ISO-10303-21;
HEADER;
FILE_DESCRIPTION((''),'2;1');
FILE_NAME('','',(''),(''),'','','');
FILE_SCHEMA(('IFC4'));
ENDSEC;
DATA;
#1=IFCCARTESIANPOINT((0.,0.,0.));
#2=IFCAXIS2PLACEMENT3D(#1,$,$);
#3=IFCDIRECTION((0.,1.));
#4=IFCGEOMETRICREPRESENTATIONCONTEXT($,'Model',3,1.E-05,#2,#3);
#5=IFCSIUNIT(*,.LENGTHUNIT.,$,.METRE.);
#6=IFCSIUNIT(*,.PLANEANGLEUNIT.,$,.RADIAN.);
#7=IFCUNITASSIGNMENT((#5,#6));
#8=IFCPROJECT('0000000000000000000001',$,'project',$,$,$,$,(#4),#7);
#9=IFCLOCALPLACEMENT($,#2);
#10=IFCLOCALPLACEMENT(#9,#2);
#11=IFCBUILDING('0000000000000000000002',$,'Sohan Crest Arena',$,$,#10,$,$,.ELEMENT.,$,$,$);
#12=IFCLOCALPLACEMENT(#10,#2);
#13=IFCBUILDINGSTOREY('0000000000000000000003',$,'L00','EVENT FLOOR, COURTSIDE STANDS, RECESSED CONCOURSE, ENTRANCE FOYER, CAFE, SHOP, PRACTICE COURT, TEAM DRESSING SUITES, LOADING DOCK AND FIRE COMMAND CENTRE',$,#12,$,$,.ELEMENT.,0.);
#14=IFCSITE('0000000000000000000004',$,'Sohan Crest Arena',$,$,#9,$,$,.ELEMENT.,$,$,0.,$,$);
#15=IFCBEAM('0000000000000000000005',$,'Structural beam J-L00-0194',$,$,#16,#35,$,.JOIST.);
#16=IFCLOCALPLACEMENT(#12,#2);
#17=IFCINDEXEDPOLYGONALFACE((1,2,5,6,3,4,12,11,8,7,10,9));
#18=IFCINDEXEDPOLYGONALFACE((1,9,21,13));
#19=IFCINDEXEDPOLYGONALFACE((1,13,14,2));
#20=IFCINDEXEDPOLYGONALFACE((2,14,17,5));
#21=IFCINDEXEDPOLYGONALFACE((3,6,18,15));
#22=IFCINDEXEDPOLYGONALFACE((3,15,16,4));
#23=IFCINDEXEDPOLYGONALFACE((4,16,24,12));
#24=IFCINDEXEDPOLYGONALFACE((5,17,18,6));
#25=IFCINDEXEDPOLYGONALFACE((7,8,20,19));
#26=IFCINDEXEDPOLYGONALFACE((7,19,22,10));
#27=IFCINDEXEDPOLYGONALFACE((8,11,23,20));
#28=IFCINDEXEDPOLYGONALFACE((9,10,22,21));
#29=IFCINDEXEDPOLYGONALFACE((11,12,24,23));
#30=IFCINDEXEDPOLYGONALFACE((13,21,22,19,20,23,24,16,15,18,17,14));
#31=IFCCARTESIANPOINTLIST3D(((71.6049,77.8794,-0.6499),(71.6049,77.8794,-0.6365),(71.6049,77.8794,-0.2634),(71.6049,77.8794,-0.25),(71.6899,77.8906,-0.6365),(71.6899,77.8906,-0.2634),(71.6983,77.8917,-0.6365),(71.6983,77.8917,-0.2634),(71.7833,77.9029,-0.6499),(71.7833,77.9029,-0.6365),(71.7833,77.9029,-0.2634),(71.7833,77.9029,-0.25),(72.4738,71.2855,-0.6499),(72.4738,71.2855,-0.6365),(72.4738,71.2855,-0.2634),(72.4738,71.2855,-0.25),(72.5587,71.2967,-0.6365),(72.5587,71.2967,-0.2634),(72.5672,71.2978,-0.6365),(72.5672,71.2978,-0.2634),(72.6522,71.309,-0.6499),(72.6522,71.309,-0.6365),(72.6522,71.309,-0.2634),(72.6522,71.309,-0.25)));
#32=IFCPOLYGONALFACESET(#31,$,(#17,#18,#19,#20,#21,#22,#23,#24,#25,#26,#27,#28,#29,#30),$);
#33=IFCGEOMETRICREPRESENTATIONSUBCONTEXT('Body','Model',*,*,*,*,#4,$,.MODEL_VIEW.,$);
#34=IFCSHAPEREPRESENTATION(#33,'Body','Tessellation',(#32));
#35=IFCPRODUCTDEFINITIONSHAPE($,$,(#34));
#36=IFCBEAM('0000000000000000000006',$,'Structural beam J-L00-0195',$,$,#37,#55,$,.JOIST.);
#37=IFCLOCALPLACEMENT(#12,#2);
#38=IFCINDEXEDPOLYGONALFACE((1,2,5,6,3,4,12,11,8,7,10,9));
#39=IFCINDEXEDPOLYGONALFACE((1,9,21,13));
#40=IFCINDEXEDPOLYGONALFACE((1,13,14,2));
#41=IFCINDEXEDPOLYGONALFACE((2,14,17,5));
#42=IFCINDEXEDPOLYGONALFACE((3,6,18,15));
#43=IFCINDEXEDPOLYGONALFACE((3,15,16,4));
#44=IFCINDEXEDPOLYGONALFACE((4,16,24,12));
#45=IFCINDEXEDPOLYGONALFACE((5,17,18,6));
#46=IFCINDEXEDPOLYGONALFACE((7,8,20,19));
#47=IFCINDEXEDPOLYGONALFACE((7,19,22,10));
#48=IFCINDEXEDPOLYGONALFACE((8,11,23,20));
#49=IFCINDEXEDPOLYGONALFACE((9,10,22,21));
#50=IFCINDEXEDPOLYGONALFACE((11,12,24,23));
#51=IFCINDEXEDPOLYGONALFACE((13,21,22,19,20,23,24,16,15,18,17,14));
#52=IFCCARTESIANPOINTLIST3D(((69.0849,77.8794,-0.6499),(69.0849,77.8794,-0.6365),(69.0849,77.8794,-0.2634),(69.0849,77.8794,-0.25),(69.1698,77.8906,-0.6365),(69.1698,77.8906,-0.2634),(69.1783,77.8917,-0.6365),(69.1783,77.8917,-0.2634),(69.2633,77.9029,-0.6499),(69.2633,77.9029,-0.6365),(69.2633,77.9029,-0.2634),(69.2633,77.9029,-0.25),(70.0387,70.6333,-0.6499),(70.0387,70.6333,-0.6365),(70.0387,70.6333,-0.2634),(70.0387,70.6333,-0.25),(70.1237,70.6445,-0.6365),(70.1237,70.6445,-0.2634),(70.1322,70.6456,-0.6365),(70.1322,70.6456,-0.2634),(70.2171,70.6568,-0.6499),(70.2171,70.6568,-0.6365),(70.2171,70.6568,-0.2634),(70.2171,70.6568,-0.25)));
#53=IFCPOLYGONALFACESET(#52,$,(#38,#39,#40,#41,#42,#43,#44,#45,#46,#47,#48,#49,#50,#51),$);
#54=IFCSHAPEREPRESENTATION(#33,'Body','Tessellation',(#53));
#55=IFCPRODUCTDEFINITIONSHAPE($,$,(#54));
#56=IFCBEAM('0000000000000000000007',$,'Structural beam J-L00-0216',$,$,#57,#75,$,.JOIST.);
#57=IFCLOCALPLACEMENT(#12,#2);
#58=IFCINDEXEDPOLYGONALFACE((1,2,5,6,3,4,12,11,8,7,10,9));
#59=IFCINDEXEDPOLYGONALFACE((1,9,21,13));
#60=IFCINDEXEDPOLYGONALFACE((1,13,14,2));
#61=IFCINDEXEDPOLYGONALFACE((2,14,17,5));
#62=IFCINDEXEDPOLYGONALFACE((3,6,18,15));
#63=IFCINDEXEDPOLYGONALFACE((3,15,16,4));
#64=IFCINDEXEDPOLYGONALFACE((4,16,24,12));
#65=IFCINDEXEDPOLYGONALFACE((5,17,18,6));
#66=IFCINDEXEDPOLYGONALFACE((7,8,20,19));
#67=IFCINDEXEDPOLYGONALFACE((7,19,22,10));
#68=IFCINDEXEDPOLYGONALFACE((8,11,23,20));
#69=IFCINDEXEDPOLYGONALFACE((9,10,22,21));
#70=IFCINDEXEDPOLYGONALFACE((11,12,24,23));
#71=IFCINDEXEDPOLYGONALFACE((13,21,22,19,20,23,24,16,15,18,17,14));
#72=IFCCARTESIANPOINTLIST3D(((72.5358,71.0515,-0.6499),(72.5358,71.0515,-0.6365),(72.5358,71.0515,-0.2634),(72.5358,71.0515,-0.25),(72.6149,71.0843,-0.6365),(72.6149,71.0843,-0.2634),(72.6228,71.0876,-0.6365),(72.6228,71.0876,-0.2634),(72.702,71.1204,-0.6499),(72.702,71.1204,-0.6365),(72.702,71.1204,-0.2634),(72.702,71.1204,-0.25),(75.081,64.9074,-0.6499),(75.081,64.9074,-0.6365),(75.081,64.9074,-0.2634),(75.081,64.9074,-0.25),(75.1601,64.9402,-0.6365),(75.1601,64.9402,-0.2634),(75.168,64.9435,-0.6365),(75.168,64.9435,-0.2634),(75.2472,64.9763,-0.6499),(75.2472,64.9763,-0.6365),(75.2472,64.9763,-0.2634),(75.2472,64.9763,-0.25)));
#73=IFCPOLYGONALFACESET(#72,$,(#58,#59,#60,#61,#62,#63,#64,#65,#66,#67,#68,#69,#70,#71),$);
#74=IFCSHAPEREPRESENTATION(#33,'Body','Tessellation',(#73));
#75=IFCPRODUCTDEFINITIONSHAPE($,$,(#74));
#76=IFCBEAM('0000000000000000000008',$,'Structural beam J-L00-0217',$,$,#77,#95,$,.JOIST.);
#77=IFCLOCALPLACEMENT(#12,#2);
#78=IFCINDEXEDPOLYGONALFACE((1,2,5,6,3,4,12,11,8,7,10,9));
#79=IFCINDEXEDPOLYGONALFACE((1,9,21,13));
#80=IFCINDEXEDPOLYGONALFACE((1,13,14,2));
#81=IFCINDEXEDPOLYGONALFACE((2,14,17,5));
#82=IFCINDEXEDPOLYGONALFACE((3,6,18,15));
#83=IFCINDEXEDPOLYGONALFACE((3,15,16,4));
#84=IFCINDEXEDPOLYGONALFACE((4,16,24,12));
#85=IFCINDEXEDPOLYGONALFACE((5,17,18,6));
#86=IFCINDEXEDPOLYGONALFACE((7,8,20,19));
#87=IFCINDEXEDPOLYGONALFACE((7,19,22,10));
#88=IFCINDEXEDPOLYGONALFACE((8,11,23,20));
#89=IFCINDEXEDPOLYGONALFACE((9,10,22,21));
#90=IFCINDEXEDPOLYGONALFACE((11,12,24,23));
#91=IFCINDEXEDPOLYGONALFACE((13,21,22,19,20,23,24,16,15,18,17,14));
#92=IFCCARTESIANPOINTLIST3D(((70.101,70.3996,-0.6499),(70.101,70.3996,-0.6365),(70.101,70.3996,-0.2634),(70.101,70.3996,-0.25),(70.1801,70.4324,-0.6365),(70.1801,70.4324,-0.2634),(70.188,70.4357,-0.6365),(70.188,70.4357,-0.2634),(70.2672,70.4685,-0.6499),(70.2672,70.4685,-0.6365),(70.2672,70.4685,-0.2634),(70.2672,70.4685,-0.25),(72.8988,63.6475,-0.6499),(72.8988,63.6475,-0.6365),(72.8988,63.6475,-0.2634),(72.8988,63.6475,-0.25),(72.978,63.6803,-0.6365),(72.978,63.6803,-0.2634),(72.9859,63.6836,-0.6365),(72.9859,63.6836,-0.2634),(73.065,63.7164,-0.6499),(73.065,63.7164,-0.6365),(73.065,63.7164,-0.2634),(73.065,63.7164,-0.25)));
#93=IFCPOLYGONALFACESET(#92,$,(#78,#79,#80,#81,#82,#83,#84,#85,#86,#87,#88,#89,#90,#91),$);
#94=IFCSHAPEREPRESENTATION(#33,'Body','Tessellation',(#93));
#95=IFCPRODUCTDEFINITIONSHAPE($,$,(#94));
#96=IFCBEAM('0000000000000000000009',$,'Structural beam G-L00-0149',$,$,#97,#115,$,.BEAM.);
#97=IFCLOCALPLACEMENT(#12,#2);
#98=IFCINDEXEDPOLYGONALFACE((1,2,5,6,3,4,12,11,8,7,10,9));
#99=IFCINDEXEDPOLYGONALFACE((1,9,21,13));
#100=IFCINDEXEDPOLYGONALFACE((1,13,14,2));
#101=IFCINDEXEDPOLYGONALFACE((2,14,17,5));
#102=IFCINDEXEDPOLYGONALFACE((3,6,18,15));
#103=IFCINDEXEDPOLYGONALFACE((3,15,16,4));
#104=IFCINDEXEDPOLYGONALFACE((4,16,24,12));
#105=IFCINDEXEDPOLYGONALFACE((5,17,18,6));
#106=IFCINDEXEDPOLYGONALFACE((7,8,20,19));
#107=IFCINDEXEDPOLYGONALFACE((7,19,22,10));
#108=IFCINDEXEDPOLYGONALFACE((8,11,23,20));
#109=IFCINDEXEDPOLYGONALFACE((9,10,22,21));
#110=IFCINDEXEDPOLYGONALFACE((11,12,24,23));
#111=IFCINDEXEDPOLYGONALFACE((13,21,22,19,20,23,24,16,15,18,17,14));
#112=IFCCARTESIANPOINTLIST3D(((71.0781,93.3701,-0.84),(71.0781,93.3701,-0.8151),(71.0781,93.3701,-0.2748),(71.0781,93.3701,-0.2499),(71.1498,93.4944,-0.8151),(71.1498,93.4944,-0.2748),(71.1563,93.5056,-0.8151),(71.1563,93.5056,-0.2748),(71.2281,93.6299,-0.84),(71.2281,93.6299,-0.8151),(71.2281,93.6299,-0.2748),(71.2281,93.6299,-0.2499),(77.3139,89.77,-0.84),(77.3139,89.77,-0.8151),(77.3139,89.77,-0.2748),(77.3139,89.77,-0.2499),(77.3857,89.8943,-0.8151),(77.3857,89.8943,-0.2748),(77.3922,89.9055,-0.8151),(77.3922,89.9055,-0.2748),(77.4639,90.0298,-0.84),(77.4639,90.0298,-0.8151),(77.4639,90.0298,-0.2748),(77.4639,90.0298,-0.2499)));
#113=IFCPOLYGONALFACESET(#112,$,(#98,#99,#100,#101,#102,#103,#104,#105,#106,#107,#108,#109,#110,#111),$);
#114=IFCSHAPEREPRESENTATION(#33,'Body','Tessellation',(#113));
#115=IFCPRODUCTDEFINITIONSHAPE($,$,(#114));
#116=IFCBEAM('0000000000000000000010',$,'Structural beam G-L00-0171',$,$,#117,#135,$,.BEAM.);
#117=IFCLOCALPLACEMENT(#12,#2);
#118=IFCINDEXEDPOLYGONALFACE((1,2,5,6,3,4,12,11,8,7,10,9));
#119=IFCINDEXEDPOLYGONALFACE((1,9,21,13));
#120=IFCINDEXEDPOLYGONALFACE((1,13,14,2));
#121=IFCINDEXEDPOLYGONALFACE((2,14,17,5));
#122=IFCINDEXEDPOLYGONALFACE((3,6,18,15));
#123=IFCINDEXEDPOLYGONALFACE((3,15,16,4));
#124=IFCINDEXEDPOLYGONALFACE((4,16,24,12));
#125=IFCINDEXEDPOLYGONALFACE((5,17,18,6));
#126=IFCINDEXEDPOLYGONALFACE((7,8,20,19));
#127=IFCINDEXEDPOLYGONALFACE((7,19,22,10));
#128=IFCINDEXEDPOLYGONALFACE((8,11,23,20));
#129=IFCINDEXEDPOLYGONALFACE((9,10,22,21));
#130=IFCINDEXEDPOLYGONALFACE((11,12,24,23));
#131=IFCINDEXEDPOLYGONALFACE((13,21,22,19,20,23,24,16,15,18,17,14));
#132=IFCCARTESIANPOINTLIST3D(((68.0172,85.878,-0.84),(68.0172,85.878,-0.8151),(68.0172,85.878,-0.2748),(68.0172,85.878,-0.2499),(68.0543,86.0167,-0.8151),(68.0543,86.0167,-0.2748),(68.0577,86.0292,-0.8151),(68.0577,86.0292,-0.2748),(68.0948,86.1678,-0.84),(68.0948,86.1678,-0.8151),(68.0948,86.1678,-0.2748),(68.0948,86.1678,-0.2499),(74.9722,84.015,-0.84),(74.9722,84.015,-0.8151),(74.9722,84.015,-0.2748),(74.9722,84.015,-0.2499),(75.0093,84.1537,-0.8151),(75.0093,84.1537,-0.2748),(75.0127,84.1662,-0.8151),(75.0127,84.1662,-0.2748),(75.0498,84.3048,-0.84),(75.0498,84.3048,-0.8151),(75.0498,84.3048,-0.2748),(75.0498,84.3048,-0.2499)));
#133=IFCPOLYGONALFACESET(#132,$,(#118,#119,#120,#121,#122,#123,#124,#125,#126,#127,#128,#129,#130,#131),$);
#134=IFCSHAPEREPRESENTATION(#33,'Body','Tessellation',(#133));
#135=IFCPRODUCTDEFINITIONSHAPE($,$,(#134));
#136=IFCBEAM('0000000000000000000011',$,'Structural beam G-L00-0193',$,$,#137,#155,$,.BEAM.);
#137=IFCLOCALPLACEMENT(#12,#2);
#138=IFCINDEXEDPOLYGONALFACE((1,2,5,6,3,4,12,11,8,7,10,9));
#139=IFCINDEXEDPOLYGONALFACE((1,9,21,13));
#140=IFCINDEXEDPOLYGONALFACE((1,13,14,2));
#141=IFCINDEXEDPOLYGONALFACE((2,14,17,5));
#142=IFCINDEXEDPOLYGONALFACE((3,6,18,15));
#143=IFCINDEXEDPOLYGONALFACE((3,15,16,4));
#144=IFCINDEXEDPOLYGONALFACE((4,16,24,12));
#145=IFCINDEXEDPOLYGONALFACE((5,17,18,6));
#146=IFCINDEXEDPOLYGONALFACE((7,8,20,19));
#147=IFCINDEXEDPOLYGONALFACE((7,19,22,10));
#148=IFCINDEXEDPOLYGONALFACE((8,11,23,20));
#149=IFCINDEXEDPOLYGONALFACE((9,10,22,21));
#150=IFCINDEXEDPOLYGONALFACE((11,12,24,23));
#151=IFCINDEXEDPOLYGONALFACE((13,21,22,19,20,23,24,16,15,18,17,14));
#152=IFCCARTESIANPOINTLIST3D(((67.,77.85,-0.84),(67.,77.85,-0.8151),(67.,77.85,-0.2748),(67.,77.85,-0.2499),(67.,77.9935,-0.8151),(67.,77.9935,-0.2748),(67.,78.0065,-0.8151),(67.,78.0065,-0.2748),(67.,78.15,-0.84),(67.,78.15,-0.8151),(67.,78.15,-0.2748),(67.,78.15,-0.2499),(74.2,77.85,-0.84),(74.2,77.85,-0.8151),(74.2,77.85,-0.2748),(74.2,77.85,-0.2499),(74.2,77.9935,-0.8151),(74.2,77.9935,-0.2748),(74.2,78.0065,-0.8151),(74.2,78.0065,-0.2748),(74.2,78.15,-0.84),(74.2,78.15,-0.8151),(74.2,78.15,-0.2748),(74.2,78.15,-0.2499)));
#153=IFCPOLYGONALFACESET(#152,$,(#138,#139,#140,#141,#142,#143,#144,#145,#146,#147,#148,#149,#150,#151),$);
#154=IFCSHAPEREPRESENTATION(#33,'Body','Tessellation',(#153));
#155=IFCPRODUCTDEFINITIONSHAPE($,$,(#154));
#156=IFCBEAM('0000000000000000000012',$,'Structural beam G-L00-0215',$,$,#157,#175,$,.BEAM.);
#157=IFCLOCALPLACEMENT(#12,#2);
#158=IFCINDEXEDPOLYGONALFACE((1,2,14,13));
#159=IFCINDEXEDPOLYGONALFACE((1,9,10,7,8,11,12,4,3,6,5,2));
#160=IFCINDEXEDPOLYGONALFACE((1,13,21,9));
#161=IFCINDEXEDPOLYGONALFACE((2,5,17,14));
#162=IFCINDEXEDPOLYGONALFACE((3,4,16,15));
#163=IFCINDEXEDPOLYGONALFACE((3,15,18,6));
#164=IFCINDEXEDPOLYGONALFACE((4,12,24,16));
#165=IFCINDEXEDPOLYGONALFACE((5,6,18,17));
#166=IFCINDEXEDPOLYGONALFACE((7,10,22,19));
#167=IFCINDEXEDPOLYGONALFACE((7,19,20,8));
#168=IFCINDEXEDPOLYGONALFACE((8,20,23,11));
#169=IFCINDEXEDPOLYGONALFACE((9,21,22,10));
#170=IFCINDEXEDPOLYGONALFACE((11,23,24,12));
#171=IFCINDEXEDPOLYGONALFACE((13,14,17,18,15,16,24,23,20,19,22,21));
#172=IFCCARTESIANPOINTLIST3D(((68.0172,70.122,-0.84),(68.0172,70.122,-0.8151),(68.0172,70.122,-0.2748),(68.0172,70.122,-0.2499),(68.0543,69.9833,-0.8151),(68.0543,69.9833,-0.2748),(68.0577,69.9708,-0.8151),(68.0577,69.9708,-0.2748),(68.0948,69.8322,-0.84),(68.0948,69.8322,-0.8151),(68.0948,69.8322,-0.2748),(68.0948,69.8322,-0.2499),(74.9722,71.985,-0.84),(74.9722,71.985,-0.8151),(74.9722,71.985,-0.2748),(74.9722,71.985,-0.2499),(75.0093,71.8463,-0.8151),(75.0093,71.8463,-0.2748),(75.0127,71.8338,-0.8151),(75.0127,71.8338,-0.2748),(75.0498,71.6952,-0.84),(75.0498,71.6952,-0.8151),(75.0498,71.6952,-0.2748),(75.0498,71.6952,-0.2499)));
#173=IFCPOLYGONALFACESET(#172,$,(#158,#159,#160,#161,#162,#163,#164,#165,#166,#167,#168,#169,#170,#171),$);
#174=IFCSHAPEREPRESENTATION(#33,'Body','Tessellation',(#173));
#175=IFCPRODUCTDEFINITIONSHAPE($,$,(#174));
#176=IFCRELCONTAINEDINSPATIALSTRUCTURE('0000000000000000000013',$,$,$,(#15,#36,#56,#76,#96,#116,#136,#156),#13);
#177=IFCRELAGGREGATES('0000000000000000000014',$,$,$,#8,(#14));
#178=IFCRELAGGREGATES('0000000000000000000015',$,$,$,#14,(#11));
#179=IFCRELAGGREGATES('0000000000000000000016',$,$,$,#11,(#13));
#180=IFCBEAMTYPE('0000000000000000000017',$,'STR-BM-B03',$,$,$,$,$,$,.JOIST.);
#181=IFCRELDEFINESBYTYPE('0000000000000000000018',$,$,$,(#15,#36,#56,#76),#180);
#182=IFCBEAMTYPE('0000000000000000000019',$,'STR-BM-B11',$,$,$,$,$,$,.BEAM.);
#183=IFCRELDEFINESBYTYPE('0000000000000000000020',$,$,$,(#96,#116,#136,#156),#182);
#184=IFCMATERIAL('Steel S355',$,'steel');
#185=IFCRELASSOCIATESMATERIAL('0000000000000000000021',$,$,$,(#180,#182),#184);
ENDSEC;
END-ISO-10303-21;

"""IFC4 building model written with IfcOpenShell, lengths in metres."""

from ifc_helpers import new_model, si_unit, direction, frame, origin, origin_2d, place, context, subcontext, project, spatial, i_section, extrude, material, material_profile, profile_set, type_object, element, save


model = new_model("IFC4")

# Units and contexts
model_context = context("Model", 3, precision=1e-05, world=origin(), true_north=direction((0.0, 1.0)))
body_context = subcontext(model_context, "Body", "Model", "MODEL_VIEW")
ifc_project = project(units=[si_unit("LENGTHUNIT", "METRE"), si_unit("PLANEANGLEUNIT", "RADIAN")], contexts=[model_context])

# Site, building, storey
site_placement = place(None, origin())
site = spatial("IfcSite", under=ifc_project, at=site_placement, Name="Sohan Crest Arena", CompositionType="ELEMENT", RefElevation=0.0)
building_placement = place(site_placement, origin())
building = spatial("IfcBuilding", under=site, at=building_placement, Name="Sohan Crest Arena", CompositionType="ELEMENT")
storey_placement = place(building_placement, origin())
storey = spatial("IfcBuildingStorey", under=building, at=storey_placement, Name="L00", Description="EVENT FLOOR, COURTSIDE STANDS, RECESSED CONCOURSE, ENTRANCE FOYER, CAFE, SHOP, PRACTICE COURT, TEAM DRESSING SUITES, LOADING DOCK AND FIRE COMMAND CENTRE", CompositionType="ELEMENT", Elevation=0.0)

# Beams
ifc_material_1 = material(Name="Steel S355", Category="steel")
ifc_material_profile_1 = material_profile(ifc_material_1, i_section(OverallWidth=0.1799, OverallDepth=0.3999, WebThickness=0.0085, FlangeThickness=0.0134, at=origin_2d()), Name="IPE 400")
ifc_profile_set_1 = profile_set([ifc_material_profile_1], Name="Steel S355")
beam_type_1 = type_object("IfcBeamType", Name="STR-BM-B03", PredefinedType="JOIST", material=ifc_profile_set_1)
beam_1_placement = place(storey_placement, frame((71.6941, 77.8911, -0.45), z_axis=(0.130642, -0.99143, 0.0), x_axis=(0.99143, 0.130642, 0.0)))
element("IfcBeam", 1, at=beam_1_placement, inside=storey, type_object=beam_type_1, Name="Structural beam J-L00-0194", PredefinedType="JOIST", context=body_context, shape_type="SweptSolid", body=[
    extrude(i_section(OverallWidth=0.1799, OverallDepth=0.3999, WebThickness=0.0085, FlangeThickness=0.0134, at=origin_2d()), origin(), (0.0, 0.0, 1.0), 6.6509),
])
beam_2_placement = place(storey_placement, frame((69.1741, 77.8911, -0.45), z_axis=(0.130512, -0.991447, 0.0), x_axis=(0.991447, 0.130512, 0.0)))
element("IfcBeam", 2, at=beam_2_placement, inside=storey, type_object=beam_type_1, Name="Structural beam J-L00-0195", PredefinedType="JOIST", context=body_context, shape_type="SweptSolid", body=[
    extrude(i_section(OverallWidth=0.1799, OverallDepth=0.3999, WebThickness=0.0085, FlangeThickness=0.0134, at=origin_2d()), origin(), (0.0, 0.0, 1.0), 7.3086),
])
beam_3_placement = place(storey_placement, frame((72.6189, 71.0859, -0.45), z_axis=(0.382712, -0.923868, 0.0), x_axis=(0.923868, 0.382712, 0.0)))
element("IfcBeam", 3, at=beam_3_placement, inside=storey, type_object=beam_type_1, Name="Structural beam J-L00-0216", PredefinedType="JOIST", context=body_context, shape_type="SweptSolid", body=[
    extrude(i_section(OverallWidth=0.1799, OverallDepth=0.3999, WebThickness=0.0085, FlangeThickness=0.0134, at=origin_2d()), origin(), (0.0, 0.0, 1.0), 6.6504),
])
beam_4_placement = place(storey_placement, frame((70.1841, 70.4341, -0.45), z_axis=(0.3828, -0.923831, 0.0), x_axis=(0.923831, 0.3828, 0.0)))
element("IfcBeam", 4, at=beam_4_placement, inside=storey, type_object=beam_type_1, Name="Structural beam J-L00-0217", PredefinedType="JOIST", context=body_context, shape_type="SweptSolid", body=[
    extrude(i_section(OverallWidth=0.1799, OverallDepth=0.3999, WebThickness=0.0085, FlangeThickness=0.0134, at=origin_2d()), origin(), (0.0, 0.0, 1.0), 7.3088),
])
ifc_material_profile_2 = material_profile(ifc_material_1, i_section(OverallWidth=0.3, OverallDepth=0.5901, WebThickness=0.0129, FlangeThickness=0.0249, at=origin_2d()), Name="HEA 600")
ifc_profile_set_2 = profile_set([ifc_material_profile_2], Name="Steel S355")
beam_type_2 = type_object("IfcBeamType", Name="STR-BM-B11", PredefinedType="BEAM", material=ifc_profile_set_2)
beam_5_placement = place(storey_placement, frame((77.3889, 89.8999, -0.5449), z_axis=(-0.866035, 0.499983, 0.0), x_axis=(-0.499983, -0.866035, 0.0)))
element("IfcBeam", 5, at=beam_5_placement, inside=storey, type_object=beam_type_2, Name="Structural beam G-L00-0149", PredefinedType="BEAM", context=body_context, shape_type="SweptSolid", body=[
    extrude(i_section(OverallWidth=0.3, OverallDepth=0.5901, WebThickness=0.0129, FlangeThickness=0.0249, at=origin_2d()), origin(), (0.0, 0.0, 1.0), 7.2004),
])
beam_6_placement = place(storey_placement, frame((75.011, 84.1599, -0.5449), z_axis=(-0.965946, 0.258745, 0.0), x_axis=(-0.258745, -0.965946, 0.0)))
element("IfcBeam", 6, at=beam_6_placement, inside=storey, type_object=beam_type_2, Name="Structural beam G-L00-0171", PredefinedType="BEAM", context=body_context, shape_type="SweptSolid", body=[
    extrude(i_section(OverallWidth=0.3, OverallDepth=0.5901, WebThickness=0.0129, FlangeThickness=0.0249, at=origin_2d()), origin(), (0.0, 0.0, 1.0), 7.2002),
])
beam_7_placement = place(storey_placement, frame((74.2, 78.0, -0.5449), z_axis=(-1.0, 0.0, 0.0), x_axis=(0.0, -1.0, 0.0)))
element("IfcBeam", 7, at=beam_7_placement, inside=storey, type_object=beam_type_2, Name="Structural beam G-L00-0193", PredefinedType="BEAM", context=body_context, shape_type="SweptSolid", body=[
    extrude(i_section(OverallWidth=0.3, OverallDepth=0.5901, WebThickness=0.0129, FlangeThickness=0.0249, at=origin_2d()), origin(), (0.0, 0.0, 1.0), 7.2),
])
beam_8_placement = place(storey_placement, frame((75.011, 71.8401, -0.5449), z_axis=(-0.965946, -0.258745, 0.0), x_axis=(0.258745, -0.965946, 0.0)))
element("IfcBeam", 8, at=beam_8_placement, inside=storey, type_object=beam_type_2, Name="Structural beam G-L00-0215", PredefinedType="BEAM", context=body_context, shape_type="SweptSolid", body=[
    extrude(i_section(OverallWidth=0.3, OverallDepth=0.5901, WebThickness=0.0129, FlangeThickness=0.0249, at=origin_2d()), origin(), (0.0, 0.0, 1.0), 7.2002),
])

save(model, "model.ifc")
